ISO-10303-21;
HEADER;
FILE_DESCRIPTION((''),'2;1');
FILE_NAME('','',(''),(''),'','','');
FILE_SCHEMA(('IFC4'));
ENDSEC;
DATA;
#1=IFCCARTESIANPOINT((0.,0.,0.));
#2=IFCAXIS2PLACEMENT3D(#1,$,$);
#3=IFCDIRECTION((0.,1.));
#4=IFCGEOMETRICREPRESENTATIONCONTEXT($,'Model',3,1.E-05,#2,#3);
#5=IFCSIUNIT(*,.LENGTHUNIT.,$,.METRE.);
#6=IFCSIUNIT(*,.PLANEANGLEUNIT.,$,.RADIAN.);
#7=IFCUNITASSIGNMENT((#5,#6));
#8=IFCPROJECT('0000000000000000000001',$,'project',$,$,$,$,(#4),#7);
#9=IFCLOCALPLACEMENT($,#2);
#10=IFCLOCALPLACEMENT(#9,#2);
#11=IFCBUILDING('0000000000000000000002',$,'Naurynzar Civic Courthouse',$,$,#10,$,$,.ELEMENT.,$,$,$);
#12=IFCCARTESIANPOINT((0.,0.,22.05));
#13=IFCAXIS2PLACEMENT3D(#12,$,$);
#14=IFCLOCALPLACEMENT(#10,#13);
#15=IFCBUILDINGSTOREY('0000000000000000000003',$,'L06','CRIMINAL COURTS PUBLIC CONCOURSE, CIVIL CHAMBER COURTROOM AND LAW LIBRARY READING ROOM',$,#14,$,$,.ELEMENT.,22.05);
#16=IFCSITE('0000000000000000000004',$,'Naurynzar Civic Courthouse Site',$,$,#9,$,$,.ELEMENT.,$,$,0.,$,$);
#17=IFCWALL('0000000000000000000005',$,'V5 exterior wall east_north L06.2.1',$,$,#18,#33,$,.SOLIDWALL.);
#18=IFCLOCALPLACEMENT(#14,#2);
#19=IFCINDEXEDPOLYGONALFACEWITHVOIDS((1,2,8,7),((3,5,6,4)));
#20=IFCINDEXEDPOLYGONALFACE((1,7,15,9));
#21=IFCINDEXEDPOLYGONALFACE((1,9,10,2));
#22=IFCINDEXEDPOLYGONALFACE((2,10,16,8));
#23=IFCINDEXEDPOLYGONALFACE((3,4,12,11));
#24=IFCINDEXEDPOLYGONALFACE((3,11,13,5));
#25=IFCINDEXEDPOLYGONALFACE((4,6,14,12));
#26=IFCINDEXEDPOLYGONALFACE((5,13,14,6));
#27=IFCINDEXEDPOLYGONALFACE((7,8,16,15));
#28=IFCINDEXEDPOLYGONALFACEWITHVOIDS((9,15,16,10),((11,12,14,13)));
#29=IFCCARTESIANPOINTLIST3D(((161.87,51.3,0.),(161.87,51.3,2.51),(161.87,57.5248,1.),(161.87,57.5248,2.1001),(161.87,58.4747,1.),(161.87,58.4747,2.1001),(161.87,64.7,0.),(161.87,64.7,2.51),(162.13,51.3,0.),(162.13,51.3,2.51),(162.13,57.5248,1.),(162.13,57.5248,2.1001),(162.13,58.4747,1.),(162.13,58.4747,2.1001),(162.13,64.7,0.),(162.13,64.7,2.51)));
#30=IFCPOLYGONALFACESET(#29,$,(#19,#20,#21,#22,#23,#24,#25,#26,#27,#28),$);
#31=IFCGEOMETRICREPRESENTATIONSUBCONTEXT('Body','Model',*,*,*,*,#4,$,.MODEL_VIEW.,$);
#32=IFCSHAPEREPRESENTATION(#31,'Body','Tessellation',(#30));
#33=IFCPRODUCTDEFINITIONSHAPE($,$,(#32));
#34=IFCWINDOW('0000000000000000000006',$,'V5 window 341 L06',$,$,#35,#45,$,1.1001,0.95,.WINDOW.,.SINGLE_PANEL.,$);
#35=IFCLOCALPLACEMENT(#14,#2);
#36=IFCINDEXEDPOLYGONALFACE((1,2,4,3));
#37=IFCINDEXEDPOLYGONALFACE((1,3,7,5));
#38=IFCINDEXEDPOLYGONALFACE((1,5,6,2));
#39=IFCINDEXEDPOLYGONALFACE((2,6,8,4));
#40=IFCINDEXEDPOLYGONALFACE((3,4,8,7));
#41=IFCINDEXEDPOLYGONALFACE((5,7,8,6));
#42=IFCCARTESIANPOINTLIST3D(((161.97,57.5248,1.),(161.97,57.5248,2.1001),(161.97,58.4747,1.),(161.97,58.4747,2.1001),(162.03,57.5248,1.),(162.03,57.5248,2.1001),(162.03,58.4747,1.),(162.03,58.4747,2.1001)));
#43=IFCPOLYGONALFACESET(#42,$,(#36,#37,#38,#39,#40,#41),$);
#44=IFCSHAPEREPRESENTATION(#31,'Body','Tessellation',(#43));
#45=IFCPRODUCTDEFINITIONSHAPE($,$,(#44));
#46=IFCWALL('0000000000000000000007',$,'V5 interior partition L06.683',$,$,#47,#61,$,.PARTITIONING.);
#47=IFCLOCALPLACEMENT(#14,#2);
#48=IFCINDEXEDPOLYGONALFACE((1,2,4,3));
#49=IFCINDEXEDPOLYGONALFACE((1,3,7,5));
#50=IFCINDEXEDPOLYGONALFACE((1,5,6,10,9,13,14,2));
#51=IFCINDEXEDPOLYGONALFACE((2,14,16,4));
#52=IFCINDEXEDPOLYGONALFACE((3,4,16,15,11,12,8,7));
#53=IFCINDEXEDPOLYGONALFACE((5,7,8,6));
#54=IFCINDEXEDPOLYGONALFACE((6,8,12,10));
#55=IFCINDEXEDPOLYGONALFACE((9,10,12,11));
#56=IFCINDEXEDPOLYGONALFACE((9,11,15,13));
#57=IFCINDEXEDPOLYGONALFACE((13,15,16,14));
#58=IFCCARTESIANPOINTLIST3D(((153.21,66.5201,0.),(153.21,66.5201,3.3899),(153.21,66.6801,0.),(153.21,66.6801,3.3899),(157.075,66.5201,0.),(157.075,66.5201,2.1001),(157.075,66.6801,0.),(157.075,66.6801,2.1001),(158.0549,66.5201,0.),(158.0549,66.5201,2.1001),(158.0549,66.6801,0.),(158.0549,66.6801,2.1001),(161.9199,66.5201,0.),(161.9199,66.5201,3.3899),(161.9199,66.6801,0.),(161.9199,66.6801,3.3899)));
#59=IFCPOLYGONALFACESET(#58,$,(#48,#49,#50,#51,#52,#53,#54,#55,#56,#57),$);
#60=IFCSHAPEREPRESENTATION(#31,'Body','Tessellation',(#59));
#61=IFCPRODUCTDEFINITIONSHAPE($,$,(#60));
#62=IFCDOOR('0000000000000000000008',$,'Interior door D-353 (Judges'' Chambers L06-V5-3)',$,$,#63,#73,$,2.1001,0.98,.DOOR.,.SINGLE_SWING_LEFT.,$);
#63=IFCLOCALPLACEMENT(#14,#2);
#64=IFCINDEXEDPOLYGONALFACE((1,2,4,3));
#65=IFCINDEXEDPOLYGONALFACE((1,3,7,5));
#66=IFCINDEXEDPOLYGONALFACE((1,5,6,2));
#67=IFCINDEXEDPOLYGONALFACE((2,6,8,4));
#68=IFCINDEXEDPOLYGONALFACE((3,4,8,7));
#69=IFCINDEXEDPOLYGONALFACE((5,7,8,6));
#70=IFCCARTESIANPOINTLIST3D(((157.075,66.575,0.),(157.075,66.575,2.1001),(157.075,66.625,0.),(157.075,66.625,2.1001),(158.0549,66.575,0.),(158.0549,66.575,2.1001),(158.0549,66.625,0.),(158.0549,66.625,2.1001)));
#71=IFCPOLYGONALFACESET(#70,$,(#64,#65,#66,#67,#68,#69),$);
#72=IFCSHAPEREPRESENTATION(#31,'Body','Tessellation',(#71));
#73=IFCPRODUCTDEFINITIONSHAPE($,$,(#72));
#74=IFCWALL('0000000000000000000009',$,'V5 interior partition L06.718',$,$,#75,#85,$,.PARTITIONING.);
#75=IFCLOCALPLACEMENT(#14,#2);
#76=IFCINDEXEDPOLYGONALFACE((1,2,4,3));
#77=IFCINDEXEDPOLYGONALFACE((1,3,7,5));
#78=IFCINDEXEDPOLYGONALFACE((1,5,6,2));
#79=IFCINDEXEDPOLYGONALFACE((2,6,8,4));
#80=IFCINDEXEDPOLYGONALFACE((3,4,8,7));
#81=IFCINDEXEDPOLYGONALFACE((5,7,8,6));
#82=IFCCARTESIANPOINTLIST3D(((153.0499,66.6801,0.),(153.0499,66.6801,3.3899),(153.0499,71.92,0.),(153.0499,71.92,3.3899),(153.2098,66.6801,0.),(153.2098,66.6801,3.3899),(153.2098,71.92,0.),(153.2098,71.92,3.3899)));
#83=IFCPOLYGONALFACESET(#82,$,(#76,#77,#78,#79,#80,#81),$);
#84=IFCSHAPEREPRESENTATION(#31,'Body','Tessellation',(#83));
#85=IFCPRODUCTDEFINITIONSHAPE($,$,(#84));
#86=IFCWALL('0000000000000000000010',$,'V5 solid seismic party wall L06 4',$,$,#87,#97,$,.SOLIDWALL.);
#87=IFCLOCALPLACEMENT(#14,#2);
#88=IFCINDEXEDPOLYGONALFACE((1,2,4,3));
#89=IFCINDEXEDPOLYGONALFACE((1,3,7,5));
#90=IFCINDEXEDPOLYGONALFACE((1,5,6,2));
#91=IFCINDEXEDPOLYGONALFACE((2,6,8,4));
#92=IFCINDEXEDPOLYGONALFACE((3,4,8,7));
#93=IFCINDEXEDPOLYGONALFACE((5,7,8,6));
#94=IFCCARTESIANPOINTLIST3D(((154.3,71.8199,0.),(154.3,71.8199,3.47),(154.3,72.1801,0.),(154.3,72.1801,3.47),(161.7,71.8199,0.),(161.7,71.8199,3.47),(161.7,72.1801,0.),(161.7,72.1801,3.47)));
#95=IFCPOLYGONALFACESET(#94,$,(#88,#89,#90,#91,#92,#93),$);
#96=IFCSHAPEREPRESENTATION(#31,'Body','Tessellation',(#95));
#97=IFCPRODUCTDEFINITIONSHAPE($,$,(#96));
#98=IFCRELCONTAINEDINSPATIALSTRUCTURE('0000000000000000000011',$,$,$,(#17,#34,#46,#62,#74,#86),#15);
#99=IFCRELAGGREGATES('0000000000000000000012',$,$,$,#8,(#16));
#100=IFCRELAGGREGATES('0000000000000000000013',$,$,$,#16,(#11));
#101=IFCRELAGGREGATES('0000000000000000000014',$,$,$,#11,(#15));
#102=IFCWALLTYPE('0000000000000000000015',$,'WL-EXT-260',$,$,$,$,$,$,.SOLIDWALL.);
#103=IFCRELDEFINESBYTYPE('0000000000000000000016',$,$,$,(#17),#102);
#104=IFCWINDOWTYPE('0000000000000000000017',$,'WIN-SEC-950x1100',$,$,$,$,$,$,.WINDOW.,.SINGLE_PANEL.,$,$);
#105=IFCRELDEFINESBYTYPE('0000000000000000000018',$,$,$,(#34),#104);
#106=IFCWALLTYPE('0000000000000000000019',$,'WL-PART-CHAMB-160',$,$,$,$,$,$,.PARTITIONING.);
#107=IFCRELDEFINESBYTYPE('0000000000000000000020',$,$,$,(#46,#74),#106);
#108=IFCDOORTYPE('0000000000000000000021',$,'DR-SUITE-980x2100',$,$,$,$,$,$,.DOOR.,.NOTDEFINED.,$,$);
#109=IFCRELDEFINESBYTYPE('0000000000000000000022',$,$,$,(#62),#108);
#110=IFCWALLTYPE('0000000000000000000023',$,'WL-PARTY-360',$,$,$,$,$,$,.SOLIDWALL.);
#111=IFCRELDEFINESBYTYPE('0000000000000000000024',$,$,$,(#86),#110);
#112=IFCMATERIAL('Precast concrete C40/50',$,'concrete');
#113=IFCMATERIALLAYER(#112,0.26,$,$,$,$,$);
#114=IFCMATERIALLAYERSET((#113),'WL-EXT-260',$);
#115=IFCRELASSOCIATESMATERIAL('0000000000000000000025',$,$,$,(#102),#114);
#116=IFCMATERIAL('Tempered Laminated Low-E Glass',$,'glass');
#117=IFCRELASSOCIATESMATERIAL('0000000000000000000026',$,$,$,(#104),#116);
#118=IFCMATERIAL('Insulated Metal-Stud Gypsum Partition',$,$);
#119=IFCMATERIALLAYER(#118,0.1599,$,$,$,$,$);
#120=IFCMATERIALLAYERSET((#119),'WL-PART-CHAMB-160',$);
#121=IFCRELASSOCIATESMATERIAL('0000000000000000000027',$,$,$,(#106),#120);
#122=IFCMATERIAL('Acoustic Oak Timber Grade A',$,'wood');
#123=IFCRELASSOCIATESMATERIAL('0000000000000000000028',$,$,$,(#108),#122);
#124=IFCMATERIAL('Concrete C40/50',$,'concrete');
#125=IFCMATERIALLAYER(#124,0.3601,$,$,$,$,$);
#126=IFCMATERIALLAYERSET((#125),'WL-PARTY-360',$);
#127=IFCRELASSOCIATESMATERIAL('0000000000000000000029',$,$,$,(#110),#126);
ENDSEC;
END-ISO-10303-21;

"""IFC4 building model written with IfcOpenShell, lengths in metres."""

from ifc_helpers import new_model, si_unit, direction, frame, frame_2d, origin, place, context, subcontext, project, spatial, rectangle, extrude, material, layer, layer_set, type_object, element, fill, save


model = new_model("IFC4")

# Units and contexts
model_context = context("Model", 3, precision=1e-05, world=origin(), true_north=direction((0.0, 1.0)))
body_context = subcontext(model_context, "Body", "Model", "MODEL_VIEW")
ifc_project = project(units=[si_unit("LENGTHUNIT", "METRE"), si_unit("PLANEANGLEUNIT", "RADIAN")], contexts=[model_context])

# Site, building, storey
site_placement = place(None, origin())
site = spatial("IfcSite", under=ifc_project, at=site_placement, Name="Naurynzar Civic Courthouse Site", CompositionType="ELEMENT", RefElevation=0.0)
building_placement = place(site_placement, origin())
building = spatial("IfcBuilding", under=site, at=building_placement, Name="Naurynzar Civic Courthouse", CompositionType="ELEMENT")
storey_placement = place(building_placement, frame((0.0, 0.0, 22.05)))
storey = spatial("IfcBuildingStorey", under=building, at=storey_placement, Name="L06", Description="CRIMINAL COURTS PUBLIC CONCOURSE, CIVIL CHAMBER COURTROOM AND LAW LIBRARY READING ROOM", CompositionType="ELEMENT", Elevation=22.05)

# Wall, opening, window
ifc_material_1 = material(Name="Precast concrete C40/50", Category="concrete")
ifc_layer_1 = layer(ifc_material_1, 0.26)
ifc_layer_set_1 = layer_set([ifc_layer_1], Name="WL-EXT-260")
wall_type_1 = type_object("IfcWallType", Name="WL-EXT-260", PredefinedType="SOLIDWALL", material=ifc_layer_set_1)
ifc_material_2 = material(Name="Tempered Laminated Low-E Glass", Category="glass")
window_type = type_object("IfcWindowType", Name="WIN-SEC-950x1100", PartitioningType="SINGLE_PANEL", PredefinedType="WINDOW", material=ifc_material_2)
wall_1_placement = place(storey_placement, frame((162.0, 64.7, 0.0), z_axis=(0.0, 0.0, 1.0), x_axis=(0.0, -1.0, 0.0)))
wall_1 = element("IfcWall", 1, at=wall_1_placement, inside=storey, type_object=wall_type_1, Name="V5 exterior wall east_north L06.2.1", PredefinedType="SOLIDWALL", context=body_context, shape_type="SweptSolid", body=[
    extrude(rectangle(XDim=13.3999, YDim=0.26, at=frame_2d((6.7, 0.0))), origin(), (0.0, 0.0, 1.0), 2.51),
])
opening_1_placement = place(wall_1_placement, frame((6.2251, 0.0, 1.0)))
opening_1 = element("IfcOpeningElement", 2, at=opening_1_placement, cuts=wall_1, PredefinedType="OPENING", context=body_context, shape_type="SweptSolid", body=[
    extrude(rectangle(XDim=0.95, YDim=1.1001, at=frame_2d((0.4751, 0.55))), frame((0.0, 0.1399, 0.0), z_axis=(0.0, -1.0, 0.0), x_axis=(1.0, 0.0, 0.0)), (0.0, 0.0, 1.0), 0.28),
])
window_1_placement = place(opening_1_placement, origin())
window_1 = element("IfcWindow", 3, at=window_1_placement, inside=storey, type_object=window_type, Name="V5 window 341 L06", OverallHeight=1.1001, OverallWidth=0.95, PartitioningType="SINGLE_PANEL", PredefinedType="WINDOW", context=body_context, shape_type="SweptSolid", body=[
    extrude(rectangle(XDim=0.95, YDim=1.1001, at=frame_2d((0.4751, 0.55))), frame((0.0, 0.03, 0.0), z_axis=(0.0, -1.0, 0.0), x_axis=(1.0, 0.0, 0.0)), (0.0, 0.0, 1.0), 0.0601),
])
fill(opening_1, window_1)

# Wall, opening, door
ifc_material_3 = material(Name="Insulated Metal-Stud Gypsum Partition")
ifc_layer_2 = layer(ifc_material_3, 0.1599)
ifc_layer_set_2 = layer_set([ifc_layer_2], Name="WL-PART-CHAMB-160")
wall_type_2 = type_object("IfcWallType", Name="WL-PART-CHAMB-160", PredefinedType="PARTITIONING", material=ifc_layer_set_2)
wall_2_placement = place(storey_placement, frame((153.21, 66.6001, 0.0), z_axis=(0.0, 0.0, 1.0), x_axis=(1.0, 0.0, 0.0)))
wall_2 = element("IfcWall", 4, at=wall_2_placement, inside=storey, type_object=wall_type_2, Name="V5 interior partition L06.683", PredefinedType="PARTITIONING", context=body_context, shape_type="SweptSolid", body=[
    extrude(rectangle(XDim=8.71, YDim=0.1599, at=frame_2d((4.355, 0.0))), origin(), (0.0, 0.0, 1.0), 3.3899),
])
opening_2_placement = place(wall_2_placement, frame((3.865, 0.0, 0.0)))
opening_2 = element("IfcOpeningElement", 5, at=opening_2_placement, cuts=wall_2, PredefinedType="OPENING", context=body_context, shape_type="SweptSolid", body=[
    extrude(rectangle(XDim=0.98, YDim=2.1001, at=frame_2d((0.49, 1.05))), frame((0.0, 0.0898, 0.0), z_axis=(0.0, -1.0, 0.0), x_axis=(1.0, 0.0, 0.0)), (0.0, 0.0, 1.0), 0.1799),
])
ifc_material_4 = material(Name="Acoustic Oak Timber Grade A", Category="wood")
door_type = type_object("IfcDoorType", Name="DR-SUITE-980x2100", OperationType="NOTDEFINED", PredefinedType="DOOR", material=ifc_material_4)
door_placement = place(opening_2_placement, origin())
door = element("IfcDoor", 6, at=door_placement, inside=storey, type_object=door_type, Name="Interior door D-353 (Judges' Chambers L06-V5-3)", OperationType="SINGLE_SWING_LEFT", OverallHeight=2.1001, OverallWidth=0.98, PredefinedType="DOOR", context=body_context, shape_type="SweptSolid", body=[
    extrude(rectangle(XDim=0.98, YDim=2.1001, at=frame_2d((0.49, 1.05))), frame((0.0, 0.0249, 0.0), z_axis=(0.0, -1.0, 0.0), x_axis=(1.0, 0.0, 0.0)), (0.0, 0.0, 1.0), 0.05),
])
fill(opening_2, door)

# Walls
wall_3_placement = place(storey_placement, frame((153.1299, 66.6799, 0.0), z_axis=(0.0, 0.0, 1.0), x_axis=(0.0, 1.0, 0.0)))
element("IfcWall", 7, at=wall_3_placement, inside=storey, type_object=wall_type_2, Name="V5 interior partition L06.718", PredefinedType="PARTITIONING", context=body_context, shape_type="SweptSolid", body=[
    extrude(rectangle(XDim=5.24, YDim=0.1599, at=frame_2d((2.6201, 0.0))), origin(), (0.0, 0.0, 1.0), 3.3899),
])
ifc_material_5 = material(Name="Concrete C40/50", Category="concrete")
ifc_layer_3 = layer(ifc_material_5, 0.3601)
ifc_layer_set_3 = layer_set([ifc_layer_3], Name="WL-PARTY-360")
wall_type_3 = type_object("IfcWallType", Name="WL-PARTY-360", PredefinedType="SOLIDWALL", material=ifc_layer_set_3)
wall_4_placement = place(storey_placement, frame((154.3, 72.0, 0.0), z_axis=(0.0, 0.0, 1.0), x_axis=(1.0, 0.0, 0.0)))
element("IfcWall", 8, at=wall_4_placement, inside=storey, type_object=wall_type_3, Name="V5 solid seismic party wall L06 4", PredefinedType="SOLIDWALL", context=body_context, shape_type="SweptSolid", body=[
    extrude(rectangle(XDim=7.3999, YDim=0.3601, at=frame_2d((3.7, 0.0))), origin(), (0.0, 0.0, 1.0), 3.47),
])

save(model, "model.ifc")
